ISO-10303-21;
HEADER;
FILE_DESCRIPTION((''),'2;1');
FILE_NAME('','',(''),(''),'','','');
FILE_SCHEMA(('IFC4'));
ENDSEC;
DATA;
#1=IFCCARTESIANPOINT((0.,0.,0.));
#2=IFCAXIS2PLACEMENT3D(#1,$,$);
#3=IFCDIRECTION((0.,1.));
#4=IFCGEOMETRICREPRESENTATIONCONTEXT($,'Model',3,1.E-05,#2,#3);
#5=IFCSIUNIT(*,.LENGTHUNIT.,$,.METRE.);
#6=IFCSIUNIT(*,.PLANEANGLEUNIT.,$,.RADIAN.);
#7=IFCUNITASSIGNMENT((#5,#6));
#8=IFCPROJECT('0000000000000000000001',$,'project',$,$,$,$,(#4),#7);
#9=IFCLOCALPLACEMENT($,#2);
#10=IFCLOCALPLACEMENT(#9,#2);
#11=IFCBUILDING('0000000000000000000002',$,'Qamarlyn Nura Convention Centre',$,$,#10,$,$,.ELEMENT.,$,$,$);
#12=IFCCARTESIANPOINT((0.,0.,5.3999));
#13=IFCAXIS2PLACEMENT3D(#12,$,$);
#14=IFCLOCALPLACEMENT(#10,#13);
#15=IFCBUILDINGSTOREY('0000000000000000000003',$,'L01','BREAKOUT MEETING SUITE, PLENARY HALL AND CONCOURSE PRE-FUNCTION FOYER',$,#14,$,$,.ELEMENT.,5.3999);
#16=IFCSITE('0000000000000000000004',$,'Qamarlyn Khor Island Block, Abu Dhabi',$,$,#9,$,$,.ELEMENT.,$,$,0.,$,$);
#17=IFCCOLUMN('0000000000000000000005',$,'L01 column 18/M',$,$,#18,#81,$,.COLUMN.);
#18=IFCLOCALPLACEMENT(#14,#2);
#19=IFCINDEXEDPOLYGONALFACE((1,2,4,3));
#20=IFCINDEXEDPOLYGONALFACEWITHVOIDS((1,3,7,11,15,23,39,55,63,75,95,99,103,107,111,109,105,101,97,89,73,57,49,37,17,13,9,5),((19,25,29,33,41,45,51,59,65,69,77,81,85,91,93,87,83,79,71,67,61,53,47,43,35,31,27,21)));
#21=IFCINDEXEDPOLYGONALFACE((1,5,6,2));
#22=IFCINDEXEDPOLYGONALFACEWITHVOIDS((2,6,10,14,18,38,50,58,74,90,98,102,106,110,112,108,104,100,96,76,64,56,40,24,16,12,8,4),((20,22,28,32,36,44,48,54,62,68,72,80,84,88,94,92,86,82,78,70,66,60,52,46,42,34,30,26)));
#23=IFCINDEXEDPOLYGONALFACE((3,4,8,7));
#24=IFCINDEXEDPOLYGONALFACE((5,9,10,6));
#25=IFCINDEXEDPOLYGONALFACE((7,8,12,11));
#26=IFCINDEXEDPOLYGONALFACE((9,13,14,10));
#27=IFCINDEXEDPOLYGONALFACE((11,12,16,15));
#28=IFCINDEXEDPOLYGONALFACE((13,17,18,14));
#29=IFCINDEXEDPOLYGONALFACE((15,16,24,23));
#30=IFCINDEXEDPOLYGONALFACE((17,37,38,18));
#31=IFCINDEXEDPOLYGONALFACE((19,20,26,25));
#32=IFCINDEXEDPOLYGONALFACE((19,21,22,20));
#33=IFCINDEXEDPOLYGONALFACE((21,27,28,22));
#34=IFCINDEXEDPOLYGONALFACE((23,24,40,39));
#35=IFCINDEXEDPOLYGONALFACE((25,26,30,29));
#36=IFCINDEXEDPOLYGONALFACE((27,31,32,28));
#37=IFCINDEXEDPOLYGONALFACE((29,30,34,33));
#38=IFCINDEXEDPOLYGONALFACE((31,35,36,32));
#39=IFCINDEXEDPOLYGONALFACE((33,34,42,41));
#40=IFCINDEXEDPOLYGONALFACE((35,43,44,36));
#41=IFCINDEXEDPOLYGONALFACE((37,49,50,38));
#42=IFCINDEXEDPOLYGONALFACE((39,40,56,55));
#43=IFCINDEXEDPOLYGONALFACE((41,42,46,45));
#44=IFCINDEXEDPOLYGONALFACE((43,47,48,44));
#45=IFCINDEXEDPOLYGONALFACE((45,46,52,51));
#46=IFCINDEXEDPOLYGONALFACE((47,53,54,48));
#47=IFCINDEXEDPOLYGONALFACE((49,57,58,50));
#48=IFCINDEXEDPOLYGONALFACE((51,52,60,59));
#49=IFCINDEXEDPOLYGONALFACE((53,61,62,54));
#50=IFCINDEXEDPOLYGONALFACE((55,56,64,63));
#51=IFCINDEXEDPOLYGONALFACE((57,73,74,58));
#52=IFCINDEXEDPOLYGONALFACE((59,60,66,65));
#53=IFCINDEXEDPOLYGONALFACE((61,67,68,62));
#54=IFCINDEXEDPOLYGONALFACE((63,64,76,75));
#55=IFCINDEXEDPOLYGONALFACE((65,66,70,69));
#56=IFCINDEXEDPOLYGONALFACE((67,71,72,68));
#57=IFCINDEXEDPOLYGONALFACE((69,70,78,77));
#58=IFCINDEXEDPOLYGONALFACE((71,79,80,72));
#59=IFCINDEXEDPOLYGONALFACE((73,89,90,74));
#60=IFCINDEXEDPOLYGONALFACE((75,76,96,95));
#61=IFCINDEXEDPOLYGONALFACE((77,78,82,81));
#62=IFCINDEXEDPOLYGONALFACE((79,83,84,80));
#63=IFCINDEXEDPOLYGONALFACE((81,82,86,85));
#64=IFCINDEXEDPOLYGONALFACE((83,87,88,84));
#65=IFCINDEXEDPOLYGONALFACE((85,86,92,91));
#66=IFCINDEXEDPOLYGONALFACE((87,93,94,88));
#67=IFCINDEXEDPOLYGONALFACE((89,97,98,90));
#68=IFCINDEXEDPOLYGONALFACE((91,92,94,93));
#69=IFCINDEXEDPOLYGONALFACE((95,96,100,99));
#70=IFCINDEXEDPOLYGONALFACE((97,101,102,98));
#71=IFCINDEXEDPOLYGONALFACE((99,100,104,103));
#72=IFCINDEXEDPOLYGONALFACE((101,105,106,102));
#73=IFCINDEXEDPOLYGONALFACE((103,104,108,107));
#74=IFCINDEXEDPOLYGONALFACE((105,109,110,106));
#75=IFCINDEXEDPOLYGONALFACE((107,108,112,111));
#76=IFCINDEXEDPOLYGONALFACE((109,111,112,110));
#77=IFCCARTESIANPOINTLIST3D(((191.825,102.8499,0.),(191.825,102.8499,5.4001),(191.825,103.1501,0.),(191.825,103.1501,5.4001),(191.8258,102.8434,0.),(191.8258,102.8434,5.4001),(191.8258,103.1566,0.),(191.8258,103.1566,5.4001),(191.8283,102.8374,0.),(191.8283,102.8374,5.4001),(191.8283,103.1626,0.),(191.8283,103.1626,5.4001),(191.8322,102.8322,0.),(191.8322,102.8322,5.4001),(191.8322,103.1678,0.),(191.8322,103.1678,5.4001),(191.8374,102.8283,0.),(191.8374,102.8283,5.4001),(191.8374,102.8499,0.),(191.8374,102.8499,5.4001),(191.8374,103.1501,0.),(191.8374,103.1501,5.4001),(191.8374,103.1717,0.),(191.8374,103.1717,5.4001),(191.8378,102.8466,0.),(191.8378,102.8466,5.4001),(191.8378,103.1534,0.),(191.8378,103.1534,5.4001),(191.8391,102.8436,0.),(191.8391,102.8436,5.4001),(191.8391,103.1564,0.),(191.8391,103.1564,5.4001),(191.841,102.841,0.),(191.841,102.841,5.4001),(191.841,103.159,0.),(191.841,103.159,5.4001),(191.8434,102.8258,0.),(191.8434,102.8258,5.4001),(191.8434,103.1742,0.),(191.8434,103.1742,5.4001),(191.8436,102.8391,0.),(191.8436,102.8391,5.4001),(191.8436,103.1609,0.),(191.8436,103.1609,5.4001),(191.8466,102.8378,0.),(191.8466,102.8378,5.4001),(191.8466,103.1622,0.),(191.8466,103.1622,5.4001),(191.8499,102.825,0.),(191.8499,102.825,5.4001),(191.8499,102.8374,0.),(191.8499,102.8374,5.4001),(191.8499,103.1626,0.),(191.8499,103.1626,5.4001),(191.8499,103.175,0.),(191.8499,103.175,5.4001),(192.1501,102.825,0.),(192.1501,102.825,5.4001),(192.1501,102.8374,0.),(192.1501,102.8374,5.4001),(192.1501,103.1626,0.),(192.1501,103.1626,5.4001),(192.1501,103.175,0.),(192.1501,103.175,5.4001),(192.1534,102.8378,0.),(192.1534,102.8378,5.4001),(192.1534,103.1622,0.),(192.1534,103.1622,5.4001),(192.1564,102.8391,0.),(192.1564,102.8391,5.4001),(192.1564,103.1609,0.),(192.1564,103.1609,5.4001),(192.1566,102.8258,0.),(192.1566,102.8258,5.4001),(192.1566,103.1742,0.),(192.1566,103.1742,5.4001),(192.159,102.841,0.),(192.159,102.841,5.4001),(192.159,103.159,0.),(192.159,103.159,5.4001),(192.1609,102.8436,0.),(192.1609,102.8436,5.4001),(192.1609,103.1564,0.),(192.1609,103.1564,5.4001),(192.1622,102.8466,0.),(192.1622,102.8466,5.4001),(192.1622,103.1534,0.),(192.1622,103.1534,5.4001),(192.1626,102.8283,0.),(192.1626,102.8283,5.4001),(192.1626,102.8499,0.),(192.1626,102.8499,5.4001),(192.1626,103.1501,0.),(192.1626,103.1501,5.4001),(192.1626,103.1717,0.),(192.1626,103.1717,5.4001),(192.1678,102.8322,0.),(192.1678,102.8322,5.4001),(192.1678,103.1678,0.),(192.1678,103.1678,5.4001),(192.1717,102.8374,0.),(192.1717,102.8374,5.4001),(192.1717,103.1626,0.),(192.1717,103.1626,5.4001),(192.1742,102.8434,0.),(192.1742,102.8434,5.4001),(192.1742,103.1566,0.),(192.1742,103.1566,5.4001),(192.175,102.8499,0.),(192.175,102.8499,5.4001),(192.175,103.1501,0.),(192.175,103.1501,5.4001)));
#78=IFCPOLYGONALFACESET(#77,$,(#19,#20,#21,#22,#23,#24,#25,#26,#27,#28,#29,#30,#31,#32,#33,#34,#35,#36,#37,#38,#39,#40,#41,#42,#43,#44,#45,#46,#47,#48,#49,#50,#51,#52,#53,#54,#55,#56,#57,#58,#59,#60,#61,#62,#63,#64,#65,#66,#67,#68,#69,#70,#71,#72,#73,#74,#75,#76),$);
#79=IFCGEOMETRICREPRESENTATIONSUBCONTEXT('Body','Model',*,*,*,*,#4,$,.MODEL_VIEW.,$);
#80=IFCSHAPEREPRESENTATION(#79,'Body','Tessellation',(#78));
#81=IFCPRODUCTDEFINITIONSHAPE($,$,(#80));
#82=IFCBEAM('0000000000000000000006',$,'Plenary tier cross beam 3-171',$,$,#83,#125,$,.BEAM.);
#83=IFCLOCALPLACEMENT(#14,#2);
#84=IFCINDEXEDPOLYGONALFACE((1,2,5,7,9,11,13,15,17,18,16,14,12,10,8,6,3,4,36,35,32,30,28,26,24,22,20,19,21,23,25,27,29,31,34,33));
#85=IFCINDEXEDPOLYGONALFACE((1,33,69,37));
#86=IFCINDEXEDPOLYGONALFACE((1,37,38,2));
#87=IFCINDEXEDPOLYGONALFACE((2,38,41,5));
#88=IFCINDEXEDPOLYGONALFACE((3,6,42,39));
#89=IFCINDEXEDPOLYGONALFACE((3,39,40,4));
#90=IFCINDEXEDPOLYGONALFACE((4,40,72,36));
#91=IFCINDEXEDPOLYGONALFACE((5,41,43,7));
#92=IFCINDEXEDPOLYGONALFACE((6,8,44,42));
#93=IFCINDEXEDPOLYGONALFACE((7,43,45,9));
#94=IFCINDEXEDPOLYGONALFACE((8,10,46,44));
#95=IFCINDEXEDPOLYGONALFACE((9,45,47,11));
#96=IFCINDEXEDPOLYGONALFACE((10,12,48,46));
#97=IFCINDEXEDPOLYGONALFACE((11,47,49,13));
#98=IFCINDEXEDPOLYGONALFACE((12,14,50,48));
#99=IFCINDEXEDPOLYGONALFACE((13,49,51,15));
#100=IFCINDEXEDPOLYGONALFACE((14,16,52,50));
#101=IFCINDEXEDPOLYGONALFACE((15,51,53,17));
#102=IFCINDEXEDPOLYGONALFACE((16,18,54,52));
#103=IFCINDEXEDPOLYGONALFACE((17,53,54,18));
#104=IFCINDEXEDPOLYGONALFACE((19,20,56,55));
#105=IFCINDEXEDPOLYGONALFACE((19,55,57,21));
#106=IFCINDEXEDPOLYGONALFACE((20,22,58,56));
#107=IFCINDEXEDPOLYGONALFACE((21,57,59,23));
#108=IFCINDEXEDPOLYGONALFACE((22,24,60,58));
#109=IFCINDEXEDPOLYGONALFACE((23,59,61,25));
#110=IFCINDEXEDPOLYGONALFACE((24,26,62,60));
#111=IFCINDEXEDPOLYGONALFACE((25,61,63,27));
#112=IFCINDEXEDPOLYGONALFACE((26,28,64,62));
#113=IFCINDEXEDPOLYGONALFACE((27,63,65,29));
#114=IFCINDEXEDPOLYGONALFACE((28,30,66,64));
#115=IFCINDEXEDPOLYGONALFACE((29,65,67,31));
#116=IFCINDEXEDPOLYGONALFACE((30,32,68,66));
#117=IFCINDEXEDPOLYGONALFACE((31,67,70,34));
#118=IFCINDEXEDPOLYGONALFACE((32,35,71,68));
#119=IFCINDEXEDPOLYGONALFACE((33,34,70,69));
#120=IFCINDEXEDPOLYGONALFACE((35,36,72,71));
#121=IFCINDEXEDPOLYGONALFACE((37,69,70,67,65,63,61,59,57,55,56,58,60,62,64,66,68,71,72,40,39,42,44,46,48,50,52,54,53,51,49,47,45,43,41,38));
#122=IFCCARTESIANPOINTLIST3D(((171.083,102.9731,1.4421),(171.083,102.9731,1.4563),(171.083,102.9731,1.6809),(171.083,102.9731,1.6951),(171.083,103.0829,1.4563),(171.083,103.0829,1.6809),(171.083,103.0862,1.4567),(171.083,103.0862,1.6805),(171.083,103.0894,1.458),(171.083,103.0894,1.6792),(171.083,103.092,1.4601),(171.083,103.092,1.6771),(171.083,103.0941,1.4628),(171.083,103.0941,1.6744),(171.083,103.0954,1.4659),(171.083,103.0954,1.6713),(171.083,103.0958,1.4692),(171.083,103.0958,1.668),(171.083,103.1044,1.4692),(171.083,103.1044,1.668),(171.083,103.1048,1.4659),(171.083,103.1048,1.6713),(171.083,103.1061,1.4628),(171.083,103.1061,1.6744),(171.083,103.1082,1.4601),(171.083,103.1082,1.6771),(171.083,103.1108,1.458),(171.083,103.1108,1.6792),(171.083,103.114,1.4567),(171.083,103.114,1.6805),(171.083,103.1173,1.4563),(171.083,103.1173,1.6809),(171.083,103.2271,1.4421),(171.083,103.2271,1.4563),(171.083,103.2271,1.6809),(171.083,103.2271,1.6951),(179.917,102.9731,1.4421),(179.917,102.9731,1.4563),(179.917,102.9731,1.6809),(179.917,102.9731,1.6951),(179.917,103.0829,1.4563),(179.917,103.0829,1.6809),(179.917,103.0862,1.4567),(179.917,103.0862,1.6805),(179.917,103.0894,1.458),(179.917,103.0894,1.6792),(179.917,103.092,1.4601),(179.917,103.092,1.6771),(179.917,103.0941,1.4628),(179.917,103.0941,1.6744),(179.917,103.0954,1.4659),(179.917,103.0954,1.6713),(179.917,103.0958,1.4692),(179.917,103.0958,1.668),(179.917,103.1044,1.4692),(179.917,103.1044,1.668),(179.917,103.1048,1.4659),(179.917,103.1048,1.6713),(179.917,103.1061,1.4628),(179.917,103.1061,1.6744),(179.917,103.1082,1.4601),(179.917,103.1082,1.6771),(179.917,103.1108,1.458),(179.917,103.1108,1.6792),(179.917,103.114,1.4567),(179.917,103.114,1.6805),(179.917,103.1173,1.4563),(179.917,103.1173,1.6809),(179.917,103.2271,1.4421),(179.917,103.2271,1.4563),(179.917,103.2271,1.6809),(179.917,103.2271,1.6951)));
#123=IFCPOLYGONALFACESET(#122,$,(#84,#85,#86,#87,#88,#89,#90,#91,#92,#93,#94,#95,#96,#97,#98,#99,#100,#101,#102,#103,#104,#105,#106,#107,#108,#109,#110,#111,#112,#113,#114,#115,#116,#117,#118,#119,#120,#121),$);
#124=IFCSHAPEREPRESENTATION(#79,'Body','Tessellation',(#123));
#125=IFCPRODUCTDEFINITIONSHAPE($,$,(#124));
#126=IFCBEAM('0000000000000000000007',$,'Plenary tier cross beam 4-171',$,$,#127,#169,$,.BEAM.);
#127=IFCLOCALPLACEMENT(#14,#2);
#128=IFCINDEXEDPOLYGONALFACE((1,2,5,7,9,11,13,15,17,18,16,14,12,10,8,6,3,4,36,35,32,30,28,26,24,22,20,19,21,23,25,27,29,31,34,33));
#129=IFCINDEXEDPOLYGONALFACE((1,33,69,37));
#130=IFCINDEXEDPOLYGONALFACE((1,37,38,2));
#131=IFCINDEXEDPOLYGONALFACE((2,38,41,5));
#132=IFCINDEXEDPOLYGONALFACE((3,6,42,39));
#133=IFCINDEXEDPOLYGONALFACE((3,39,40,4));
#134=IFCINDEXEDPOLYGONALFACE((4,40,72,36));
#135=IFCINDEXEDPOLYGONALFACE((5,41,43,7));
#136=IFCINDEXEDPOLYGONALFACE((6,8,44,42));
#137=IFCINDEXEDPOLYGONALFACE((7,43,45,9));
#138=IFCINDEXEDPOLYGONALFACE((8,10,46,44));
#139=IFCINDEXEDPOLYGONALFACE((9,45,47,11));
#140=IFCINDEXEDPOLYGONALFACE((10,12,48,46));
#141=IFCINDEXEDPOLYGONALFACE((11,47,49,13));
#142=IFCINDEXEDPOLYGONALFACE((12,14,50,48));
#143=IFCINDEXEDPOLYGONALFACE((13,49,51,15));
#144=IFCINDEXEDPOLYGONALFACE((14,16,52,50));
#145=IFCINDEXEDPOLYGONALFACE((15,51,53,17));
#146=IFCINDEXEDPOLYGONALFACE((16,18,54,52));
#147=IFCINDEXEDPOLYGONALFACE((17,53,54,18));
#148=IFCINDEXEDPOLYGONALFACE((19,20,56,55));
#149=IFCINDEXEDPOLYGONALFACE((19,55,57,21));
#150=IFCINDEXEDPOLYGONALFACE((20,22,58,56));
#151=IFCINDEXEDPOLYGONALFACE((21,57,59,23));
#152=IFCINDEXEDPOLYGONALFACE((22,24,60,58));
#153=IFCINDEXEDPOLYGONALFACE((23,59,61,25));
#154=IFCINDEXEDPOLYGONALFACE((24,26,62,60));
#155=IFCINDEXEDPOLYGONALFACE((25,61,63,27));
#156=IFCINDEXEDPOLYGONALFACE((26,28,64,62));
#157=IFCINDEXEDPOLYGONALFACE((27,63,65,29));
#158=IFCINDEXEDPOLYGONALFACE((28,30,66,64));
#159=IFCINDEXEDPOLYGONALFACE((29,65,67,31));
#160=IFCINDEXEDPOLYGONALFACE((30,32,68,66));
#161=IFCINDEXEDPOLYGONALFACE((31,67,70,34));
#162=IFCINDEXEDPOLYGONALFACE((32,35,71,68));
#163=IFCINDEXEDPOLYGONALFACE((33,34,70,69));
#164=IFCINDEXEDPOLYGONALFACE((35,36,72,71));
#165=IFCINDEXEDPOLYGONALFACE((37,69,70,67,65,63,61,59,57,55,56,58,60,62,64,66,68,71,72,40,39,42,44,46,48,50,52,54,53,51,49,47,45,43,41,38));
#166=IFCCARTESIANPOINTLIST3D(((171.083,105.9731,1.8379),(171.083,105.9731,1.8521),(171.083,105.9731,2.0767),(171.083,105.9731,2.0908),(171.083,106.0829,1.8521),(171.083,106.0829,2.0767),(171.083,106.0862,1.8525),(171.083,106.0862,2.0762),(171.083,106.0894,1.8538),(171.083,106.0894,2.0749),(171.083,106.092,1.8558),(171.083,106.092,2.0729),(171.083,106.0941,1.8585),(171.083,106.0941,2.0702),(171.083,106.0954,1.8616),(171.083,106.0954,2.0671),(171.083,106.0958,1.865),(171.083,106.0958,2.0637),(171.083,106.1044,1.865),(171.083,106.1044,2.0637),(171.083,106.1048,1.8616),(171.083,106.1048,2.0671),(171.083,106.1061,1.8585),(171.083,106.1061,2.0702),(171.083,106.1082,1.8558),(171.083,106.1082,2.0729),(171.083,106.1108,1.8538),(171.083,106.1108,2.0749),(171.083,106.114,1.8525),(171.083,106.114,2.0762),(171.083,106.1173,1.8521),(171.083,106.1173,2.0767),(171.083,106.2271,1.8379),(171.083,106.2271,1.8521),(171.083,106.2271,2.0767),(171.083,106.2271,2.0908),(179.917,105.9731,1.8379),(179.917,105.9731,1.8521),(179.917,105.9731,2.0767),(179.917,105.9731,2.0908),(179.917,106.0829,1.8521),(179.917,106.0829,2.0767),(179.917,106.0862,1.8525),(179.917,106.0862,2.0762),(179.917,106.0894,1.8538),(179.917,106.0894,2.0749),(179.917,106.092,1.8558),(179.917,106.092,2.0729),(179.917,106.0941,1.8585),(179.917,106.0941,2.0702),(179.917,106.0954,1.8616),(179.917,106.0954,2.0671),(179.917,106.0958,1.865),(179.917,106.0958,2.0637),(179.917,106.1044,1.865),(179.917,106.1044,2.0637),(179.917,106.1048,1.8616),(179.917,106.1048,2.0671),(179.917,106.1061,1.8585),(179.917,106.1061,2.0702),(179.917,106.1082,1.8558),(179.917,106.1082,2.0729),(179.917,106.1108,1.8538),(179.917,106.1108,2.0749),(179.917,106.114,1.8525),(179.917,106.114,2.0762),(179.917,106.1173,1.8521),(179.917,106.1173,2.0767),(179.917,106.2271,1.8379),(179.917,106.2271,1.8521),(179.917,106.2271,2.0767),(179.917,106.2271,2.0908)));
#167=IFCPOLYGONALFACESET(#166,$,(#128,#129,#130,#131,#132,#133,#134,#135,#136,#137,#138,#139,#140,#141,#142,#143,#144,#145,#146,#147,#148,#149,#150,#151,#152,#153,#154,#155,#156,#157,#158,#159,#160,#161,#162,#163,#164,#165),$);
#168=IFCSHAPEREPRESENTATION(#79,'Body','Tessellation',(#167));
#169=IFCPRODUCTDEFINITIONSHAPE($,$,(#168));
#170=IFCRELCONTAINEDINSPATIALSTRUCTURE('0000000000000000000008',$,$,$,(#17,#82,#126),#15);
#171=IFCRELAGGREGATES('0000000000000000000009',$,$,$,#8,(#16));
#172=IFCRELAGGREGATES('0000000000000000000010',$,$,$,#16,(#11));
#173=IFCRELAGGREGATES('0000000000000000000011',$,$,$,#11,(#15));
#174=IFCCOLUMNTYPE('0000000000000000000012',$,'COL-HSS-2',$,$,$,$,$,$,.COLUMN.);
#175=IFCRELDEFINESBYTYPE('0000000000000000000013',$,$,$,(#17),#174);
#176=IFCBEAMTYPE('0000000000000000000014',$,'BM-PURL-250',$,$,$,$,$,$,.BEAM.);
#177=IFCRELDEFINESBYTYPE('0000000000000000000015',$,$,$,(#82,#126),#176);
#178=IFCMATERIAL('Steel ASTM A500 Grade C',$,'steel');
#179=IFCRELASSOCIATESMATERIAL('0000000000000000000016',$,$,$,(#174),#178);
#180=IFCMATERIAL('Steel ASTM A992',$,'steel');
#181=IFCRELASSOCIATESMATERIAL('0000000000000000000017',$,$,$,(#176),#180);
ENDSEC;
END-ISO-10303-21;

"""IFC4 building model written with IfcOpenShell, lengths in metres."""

from ifc_helpers import new_model, si_unit, direction, frame, origin, origin_2d, place, context, subcontext, project, spatial, hollow_rectangle, i_section, extrude, material, material_profile, profile_set, type_object, element, save


model = new_model("IFC4")

# Units and contexts
model_context = context("Model", 3, precision=1e-05, world=origin(), true_north=direction((0.0, 1.0)))
body_context = subcontext(model_context, "Body", "Model", "MODEL_VIEW")
ifc_project = project(units=[si_unit("LENGTHUNIT", "METRE"), si_unit("PLANEANGLEUNIT", "RADIAN")], contexts=[model_context])

# Site, building, storey
site_placement = place(None, origin())
site = spatial("IfcSite", under=ifc_project, at=site_placement, Name="Qamarlyn Khor Island Block, Abu Dhabi", CompositionType="ELEMENT", RefElevation=0.0)
building_placement = place(site_placement, origin())
building = spatial("IfcBuilding", under=site, at=building_placement, Name="Qamarlyn Nura Convention Centre", CompositionType="ELEMENT")
storey_placement = place(building_placement, frame((0.0, 0.0, 5.3999)))
storey = spatial("IfcBuildingStorey", under=building, at=storey_placement, Name="L01", Description="BREAKOUT MEETING SUITE, PLENARY HALL AND CONCOURSE PRE-FUNCTION FOYER", CompositionType="ELEMENT", Elevation=5.3999)

# Column
ifc_material_1 = material(Name="Steel ASTM A500 Grade C", Category="steel")
ifc_material_profile_1 = material_profile(ifc_material_1, hollow_rectangle(XDim=0.3501, YDim=0.3501, WallThickness=0.0125, InnerFilletRadius=0.0125, OuterFilletRadius=0.0249, at=origin_2d()), Name="HSS350X350X12.5")
ifc_profile_set_1 = profile_set([ifc_material_profile_1], Name="Steel ASTM A500 Grade C")
column_type = type_object("IfcColumnType", Name="COL-HSS-2", PredefinedType="COLUMN", material=ifc_profile_set_1)
column_placement = place(storey_placement, frame((192.0, 103.0, 0.0), z_axis=(0.0, 0.0, 1.0), x_axis=(1.0, 0.0, 0.0)))
element("IfcColumn", 1, at=column_placement, inside=storey, type_object=column_type, Name="L01 column 18/M", PredefinedType="COLUMN", context=body_context, shape_type="SweptSolid", body=[
    extrude(hollow_rectangle(XDim=0.3501, YDim=0.3501, WallThickness=0.0125, InnerFilletRadius=0.0125, OuterFilletRadius=0.0249, at=origin_2d()), origin(), (0.0, 0.0, 1.0), 5.4001),
])

# Beams
ifc_material_2 = material(Name="Steel ASTM A992", Category="steel")
ifc_material_profile_2 = material_profile(ifc_material_2, i_section(OverallWidth=0.2539, OverallDepth=0.2529, WebThickness=0.0085, FlangeThickness=0.0142, FilletRadius=0.0129, at=origin_2d()), Name="W250X73")
ifc_profile_set_2 = profile_set([ifc_material_profile_2], Name="Steel ASTM A992")
beam_type_1 = type_object("IfcBeamType", Name="BM-PURL-250", PredefinedType="BEAM", material=ifc_profile_set_2)
for number, where, z_axis, x_axis, name in (
    (2, (171.083, 103.1001, 1.5686), (1.0, 0.0, 0.0), (0.0, 1.0, 0.0), "Plenary tier cross beam 3-171"),
    (3, (171.083, 106.1001, 1.9644), (1.0, 0.0, 0.0), (0.0, 1.0, 0.0), "Plenary tier cross beam 4-171"),
):
    element("IfcBeam", number, at=place(storey_placement, frame(where, z_axis=z_axis, x_axis=x_axis)), inside=storey, type_object=beam_type_1, Name=name, PredefinedType="BEAM", context=body_context, shape_type="SweptSolid", body=[
        extrude(i_section(OverallWidth=0.2539, OverallDepth=0.2529, WebThickness=0.0085, FlangeThickness=0.0142, FilletRadius=0.0129, at=origin_2d()), origin(), (0.0, 0.0, 1.0), 8.834),
    ])

save(model, "model.ifc")
